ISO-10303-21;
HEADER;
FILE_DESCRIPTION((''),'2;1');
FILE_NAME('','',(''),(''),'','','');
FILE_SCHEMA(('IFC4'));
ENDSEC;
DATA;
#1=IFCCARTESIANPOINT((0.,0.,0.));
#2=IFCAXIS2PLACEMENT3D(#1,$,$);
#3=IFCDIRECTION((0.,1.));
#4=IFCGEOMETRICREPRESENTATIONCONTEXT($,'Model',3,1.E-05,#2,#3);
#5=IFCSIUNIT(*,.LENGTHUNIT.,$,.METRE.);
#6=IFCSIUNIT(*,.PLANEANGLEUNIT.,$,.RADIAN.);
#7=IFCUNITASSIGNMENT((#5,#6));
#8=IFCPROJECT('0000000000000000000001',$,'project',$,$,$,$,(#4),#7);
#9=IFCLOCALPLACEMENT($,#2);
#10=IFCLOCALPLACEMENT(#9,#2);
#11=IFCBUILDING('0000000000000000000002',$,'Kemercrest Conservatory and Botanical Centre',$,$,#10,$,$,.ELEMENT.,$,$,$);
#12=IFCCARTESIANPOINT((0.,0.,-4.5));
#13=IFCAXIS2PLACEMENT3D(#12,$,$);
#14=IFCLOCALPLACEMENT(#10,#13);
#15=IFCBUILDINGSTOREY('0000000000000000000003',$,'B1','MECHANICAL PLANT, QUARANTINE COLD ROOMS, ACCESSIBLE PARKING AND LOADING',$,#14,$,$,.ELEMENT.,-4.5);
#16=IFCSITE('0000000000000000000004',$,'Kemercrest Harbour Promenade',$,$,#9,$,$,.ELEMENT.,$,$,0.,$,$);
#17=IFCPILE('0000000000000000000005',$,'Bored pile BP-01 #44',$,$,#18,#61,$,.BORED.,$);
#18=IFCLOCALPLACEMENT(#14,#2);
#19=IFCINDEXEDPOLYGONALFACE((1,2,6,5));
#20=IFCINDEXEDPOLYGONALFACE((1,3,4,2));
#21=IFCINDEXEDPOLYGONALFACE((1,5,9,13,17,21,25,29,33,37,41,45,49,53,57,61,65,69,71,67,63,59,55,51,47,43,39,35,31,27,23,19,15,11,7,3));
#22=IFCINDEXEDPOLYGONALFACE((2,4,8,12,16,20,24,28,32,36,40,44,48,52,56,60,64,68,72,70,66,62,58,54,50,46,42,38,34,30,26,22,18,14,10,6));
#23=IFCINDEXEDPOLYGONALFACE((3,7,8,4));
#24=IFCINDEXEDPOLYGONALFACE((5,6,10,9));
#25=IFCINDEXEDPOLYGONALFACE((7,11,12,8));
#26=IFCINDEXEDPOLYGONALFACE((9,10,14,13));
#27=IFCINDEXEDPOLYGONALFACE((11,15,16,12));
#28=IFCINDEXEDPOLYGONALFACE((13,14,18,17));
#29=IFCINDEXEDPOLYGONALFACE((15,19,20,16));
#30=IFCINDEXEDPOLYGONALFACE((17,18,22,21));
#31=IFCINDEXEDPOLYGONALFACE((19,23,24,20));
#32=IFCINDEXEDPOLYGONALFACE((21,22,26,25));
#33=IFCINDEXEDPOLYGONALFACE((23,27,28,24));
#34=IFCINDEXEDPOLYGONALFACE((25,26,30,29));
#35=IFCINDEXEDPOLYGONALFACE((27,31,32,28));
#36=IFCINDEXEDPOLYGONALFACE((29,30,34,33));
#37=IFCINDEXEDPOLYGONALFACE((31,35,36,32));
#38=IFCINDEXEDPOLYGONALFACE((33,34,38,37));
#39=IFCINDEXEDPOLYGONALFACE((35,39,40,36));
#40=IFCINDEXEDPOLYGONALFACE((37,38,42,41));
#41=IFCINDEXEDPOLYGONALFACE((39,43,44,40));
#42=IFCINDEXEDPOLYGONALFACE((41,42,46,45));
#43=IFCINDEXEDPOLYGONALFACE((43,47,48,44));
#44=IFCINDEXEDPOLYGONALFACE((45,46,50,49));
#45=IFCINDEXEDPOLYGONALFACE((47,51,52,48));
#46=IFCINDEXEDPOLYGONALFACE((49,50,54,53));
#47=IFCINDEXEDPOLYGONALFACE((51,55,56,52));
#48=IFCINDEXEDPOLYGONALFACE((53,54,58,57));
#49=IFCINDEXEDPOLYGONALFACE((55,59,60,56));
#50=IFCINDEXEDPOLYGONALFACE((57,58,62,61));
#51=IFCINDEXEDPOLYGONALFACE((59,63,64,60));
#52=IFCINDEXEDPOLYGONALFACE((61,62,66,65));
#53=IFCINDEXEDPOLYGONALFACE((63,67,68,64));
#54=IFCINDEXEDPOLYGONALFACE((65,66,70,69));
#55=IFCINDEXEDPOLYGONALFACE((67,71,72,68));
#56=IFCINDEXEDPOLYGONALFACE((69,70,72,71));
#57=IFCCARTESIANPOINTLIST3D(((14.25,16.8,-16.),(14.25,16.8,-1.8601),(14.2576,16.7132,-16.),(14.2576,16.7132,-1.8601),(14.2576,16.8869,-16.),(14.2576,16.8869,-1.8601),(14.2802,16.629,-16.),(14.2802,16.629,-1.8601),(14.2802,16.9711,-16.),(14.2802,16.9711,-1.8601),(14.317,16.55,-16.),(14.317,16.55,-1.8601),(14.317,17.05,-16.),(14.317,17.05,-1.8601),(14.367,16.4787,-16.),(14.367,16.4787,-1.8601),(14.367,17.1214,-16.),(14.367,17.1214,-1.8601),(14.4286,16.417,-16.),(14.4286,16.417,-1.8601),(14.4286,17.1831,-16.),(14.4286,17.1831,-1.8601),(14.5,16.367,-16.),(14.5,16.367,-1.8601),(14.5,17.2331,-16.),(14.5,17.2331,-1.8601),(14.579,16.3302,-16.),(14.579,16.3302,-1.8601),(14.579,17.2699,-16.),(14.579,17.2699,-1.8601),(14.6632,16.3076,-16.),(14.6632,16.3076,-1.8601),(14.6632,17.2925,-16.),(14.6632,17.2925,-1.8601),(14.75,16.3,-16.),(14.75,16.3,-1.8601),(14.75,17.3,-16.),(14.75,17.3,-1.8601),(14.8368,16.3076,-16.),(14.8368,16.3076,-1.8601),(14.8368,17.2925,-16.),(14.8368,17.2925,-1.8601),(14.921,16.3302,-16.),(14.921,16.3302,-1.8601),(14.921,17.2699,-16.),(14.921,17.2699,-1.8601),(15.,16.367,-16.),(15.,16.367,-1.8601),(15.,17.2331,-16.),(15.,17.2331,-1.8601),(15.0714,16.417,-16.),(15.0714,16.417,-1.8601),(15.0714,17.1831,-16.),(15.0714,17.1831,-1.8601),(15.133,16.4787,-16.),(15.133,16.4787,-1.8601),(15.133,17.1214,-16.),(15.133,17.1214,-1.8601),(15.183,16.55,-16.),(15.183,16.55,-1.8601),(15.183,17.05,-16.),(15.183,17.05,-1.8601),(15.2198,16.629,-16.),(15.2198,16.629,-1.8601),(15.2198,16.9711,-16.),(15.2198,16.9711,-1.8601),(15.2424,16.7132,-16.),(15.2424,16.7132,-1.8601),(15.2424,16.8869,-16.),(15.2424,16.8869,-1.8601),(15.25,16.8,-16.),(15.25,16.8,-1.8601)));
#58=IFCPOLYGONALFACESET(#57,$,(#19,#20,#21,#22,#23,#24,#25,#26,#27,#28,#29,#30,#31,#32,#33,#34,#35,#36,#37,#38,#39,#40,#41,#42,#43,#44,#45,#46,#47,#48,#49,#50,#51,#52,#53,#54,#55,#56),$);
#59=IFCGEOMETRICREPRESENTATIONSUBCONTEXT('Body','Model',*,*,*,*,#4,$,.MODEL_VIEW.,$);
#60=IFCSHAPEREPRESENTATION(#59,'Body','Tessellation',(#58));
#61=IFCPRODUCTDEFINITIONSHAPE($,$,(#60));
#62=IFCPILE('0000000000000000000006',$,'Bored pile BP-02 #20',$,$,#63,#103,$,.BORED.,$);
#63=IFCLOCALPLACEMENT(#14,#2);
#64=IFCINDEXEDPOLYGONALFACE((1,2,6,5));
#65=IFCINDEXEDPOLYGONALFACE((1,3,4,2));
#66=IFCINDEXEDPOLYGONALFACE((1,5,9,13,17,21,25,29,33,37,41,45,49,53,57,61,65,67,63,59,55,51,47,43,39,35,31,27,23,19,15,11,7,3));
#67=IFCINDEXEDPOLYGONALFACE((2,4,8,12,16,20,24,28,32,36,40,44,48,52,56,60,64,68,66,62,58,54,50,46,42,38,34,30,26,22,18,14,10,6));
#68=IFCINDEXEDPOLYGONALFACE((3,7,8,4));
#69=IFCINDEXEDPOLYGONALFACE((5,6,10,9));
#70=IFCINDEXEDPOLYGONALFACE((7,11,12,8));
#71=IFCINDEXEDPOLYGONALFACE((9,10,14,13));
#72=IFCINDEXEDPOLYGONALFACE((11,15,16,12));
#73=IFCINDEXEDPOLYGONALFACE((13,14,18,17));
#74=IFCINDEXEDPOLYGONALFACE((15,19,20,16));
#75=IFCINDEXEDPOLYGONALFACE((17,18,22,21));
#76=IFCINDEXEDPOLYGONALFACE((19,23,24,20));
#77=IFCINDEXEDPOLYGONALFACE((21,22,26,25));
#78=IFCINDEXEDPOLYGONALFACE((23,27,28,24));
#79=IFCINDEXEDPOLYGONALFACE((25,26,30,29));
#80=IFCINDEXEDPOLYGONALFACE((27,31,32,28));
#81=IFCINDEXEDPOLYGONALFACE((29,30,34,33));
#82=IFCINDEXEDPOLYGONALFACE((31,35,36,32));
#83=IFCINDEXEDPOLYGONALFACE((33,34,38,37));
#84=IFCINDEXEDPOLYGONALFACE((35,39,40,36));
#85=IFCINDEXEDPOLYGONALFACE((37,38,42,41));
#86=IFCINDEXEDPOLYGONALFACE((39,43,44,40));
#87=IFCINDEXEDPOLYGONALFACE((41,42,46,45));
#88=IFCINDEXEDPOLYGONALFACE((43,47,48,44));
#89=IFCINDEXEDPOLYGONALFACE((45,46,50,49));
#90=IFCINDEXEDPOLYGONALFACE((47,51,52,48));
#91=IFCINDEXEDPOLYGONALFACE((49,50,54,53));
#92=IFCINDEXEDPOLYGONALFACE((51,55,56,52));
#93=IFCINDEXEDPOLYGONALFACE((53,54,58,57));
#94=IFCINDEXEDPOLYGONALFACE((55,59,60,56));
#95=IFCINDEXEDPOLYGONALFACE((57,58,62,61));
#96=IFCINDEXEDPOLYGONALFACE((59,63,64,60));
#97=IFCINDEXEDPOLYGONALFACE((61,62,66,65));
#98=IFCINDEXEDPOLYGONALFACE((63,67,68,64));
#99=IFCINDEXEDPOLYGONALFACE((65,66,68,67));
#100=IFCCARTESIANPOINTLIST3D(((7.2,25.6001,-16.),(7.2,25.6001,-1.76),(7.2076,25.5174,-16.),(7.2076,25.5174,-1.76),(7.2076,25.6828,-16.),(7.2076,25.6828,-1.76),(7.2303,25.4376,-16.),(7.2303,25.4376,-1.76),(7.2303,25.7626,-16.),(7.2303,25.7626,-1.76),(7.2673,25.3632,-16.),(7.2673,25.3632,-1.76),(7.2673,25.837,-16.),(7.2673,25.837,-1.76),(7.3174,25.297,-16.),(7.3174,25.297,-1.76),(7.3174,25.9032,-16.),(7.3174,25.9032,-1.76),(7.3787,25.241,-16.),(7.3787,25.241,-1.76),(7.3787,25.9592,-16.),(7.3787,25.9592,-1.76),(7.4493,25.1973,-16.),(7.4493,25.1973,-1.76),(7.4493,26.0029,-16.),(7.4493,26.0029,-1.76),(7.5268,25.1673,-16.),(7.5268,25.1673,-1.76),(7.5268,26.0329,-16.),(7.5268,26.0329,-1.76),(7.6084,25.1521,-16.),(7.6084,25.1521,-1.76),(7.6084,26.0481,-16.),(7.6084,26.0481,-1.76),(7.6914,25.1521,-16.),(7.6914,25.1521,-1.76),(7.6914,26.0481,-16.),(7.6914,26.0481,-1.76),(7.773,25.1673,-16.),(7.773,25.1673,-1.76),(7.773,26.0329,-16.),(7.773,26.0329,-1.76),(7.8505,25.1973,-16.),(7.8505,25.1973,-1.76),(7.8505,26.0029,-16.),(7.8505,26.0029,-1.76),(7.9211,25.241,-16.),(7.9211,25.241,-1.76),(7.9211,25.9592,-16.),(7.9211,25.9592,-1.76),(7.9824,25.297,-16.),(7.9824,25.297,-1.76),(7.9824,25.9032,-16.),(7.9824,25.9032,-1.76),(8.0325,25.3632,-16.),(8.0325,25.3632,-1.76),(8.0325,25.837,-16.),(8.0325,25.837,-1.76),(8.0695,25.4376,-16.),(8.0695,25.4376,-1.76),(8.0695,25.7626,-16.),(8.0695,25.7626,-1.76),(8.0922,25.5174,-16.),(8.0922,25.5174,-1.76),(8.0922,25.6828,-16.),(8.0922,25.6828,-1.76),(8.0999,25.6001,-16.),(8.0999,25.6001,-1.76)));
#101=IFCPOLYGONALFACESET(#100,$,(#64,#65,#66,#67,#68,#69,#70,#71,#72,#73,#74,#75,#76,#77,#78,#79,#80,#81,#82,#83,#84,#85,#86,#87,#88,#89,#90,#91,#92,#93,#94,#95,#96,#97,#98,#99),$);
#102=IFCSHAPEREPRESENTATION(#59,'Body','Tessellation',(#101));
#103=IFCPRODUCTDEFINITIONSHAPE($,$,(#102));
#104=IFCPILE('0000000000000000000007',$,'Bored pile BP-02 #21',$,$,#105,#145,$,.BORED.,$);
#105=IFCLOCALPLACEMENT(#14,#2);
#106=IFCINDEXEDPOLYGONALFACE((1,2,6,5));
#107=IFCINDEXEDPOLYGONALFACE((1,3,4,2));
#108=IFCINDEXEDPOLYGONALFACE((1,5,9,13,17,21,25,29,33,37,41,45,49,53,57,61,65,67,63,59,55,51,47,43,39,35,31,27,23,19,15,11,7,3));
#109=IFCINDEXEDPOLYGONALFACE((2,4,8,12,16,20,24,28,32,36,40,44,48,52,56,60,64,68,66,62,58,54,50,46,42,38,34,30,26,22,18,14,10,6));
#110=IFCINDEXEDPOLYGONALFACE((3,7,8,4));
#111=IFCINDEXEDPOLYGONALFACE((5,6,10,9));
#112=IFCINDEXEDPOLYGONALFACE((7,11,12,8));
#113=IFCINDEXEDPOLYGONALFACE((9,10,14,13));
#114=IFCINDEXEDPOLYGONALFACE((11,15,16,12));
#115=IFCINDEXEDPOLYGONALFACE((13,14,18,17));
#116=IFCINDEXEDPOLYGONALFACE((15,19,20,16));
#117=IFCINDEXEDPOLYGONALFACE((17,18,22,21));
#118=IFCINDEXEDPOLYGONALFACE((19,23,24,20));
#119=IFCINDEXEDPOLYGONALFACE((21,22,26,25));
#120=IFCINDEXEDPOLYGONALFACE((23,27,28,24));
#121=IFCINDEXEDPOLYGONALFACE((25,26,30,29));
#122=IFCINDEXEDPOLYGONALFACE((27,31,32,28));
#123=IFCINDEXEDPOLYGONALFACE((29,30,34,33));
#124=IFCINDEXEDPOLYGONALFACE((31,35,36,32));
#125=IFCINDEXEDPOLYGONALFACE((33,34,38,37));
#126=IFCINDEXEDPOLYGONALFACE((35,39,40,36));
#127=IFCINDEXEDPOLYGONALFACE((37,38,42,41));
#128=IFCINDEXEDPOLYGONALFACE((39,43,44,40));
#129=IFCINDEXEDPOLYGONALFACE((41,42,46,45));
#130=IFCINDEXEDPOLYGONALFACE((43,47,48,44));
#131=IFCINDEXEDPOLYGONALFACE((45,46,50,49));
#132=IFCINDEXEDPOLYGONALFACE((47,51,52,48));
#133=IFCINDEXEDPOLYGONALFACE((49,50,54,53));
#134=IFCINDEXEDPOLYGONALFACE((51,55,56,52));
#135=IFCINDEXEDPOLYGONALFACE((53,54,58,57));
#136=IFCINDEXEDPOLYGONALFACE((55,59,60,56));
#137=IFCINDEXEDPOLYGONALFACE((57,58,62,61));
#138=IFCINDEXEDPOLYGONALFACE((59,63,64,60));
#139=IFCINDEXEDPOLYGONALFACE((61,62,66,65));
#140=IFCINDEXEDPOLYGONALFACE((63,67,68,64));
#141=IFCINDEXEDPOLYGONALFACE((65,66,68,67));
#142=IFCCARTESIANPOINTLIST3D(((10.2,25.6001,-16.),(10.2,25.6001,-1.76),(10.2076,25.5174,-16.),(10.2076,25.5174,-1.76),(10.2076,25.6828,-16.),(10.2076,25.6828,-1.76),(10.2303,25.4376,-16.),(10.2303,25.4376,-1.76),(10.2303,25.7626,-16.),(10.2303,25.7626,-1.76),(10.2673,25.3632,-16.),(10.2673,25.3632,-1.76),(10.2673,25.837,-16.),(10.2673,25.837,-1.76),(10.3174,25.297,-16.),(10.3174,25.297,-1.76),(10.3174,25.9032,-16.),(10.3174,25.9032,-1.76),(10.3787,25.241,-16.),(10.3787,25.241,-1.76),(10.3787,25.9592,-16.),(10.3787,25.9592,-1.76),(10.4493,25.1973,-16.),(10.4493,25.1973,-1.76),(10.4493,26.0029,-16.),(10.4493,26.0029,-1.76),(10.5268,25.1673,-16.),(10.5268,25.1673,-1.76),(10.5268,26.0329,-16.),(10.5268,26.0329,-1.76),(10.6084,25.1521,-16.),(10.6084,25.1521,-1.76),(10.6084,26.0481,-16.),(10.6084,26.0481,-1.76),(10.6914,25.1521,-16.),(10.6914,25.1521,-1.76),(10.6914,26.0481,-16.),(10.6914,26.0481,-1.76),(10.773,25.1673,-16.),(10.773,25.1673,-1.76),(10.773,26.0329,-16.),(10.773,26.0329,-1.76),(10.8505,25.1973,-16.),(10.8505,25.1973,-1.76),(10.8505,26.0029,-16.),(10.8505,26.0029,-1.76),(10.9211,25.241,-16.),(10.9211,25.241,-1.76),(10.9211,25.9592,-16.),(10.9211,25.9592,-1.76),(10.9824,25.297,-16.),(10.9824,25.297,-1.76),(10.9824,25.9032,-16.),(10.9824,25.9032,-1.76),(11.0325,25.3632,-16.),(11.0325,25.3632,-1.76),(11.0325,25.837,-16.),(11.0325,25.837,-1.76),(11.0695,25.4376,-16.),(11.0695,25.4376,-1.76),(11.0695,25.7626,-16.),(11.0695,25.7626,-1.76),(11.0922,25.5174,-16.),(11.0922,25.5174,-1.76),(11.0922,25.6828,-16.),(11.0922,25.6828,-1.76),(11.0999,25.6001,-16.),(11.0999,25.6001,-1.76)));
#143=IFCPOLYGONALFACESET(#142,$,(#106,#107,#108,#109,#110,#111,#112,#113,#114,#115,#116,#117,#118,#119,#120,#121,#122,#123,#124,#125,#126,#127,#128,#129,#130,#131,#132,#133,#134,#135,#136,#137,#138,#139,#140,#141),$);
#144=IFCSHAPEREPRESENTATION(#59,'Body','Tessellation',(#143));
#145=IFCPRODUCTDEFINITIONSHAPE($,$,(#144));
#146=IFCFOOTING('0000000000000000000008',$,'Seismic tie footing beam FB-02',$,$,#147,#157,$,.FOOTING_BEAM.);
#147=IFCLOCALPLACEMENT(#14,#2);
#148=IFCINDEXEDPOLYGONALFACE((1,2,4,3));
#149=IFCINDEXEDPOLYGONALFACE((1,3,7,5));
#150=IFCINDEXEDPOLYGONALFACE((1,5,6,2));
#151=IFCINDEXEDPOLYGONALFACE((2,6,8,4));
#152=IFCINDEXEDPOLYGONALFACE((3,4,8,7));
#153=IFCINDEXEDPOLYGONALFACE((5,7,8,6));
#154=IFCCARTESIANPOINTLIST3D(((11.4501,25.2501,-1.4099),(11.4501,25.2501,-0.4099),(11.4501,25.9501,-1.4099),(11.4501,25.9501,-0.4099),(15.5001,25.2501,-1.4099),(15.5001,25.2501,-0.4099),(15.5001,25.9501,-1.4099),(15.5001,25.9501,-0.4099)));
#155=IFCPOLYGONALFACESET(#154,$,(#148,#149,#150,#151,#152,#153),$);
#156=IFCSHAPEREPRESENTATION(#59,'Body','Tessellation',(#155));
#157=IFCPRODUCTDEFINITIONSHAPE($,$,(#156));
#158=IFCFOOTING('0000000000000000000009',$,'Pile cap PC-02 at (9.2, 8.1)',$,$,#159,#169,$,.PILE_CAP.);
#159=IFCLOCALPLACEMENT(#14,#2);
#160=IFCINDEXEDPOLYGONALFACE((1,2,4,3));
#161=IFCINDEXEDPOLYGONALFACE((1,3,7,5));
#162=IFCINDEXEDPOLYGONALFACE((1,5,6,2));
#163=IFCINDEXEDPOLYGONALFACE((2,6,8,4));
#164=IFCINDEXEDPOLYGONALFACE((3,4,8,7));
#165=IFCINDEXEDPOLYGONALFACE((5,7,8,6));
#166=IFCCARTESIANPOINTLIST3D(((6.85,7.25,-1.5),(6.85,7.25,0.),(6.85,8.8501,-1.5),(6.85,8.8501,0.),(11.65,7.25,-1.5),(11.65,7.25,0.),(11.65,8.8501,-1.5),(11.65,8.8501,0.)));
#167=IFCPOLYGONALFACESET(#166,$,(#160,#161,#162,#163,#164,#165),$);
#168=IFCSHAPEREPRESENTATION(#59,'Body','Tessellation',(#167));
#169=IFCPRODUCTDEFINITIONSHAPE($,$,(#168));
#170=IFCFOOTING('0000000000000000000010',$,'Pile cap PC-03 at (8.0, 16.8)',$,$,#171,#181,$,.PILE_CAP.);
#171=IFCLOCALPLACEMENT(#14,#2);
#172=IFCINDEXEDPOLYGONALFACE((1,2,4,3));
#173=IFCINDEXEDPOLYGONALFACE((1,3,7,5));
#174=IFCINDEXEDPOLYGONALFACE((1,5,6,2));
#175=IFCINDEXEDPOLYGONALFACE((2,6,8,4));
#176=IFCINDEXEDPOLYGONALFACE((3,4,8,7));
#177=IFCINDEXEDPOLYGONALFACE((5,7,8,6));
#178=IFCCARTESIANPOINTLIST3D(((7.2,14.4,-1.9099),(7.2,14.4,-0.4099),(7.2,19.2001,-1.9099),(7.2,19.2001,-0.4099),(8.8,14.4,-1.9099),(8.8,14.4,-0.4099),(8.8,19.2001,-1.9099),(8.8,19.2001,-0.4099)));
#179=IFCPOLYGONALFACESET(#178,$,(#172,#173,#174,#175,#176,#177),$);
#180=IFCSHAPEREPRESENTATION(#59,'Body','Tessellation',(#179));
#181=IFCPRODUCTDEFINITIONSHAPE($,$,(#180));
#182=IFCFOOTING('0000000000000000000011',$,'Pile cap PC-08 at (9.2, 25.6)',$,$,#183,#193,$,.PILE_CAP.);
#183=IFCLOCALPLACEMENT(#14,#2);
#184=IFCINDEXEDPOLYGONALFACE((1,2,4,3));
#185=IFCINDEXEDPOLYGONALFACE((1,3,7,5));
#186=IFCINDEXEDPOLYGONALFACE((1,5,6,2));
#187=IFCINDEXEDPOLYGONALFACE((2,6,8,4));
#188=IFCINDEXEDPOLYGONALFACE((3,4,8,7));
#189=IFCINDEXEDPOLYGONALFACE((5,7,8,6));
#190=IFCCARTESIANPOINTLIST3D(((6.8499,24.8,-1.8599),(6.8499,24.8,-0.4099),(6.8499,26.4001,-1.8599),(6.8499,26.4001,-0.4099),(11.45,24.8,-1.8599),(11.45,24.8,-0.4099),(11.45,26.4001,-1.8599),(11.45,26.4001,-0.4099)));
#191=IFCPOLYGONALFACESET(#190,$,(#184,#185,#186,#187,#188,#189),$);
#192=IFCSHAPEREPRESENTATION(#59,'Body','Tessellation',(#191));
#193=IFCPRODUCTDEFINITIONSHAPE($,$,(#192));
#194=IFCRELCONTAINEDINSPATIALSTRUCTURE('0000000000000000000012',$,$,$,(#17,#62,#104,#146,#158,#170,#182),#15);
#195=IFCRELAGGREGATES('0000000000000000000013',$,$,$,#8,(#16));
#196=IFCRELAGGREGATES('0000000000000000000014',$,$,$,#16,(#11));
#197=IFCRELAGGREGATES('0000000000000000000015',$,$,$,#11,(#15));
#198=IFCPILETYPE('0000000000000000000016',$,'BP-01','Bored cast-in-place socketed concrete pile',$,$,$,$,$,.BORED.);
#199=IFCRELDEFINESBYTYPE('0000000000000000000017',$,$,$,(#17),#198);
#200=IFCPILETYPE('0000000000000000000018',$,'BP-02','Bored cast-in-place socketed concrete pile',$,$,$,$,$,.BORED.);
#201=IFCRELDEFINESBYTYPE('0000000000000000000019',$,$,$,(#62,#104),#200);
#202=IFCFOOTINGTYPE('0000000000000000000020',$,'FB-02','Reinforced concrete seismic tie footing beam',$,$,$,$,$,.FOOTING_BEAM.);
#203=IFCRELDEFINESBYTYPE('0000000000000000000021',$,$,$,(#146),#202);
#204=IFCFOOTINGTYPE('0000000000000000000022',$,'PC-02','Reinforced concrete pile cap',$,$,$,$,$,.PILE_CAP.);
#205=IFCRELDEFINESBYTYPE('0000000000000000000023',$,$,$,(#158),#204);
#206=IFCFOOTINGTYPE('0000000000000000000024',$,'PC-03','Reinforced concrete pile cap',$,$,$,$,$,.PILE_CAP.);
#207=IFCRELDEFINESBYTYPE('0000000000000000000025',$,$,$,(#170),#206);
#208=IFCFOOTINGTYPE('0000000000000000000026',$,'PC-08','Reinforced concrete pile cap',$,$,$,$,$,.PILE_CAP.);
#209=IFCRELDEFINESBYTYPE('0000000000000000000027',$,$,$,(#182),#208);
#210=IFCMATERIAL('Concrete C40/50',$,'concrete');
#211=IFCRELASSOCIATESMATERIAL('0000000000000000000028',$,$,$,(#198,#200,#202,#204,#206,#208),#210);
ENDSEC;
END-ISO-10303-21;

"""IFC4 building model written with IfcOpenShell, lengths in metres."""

from ifc_helpers import new_model, si_unit, direction, frame, origin, origin_2d, place, context, subcontext, project, spatial, rectangle, circle, extrude, material, material_profile, profile_set, type_object, element, save


model = new_model("IFC4")

# Units and contexts
model_context = context("Model", 3, precision=1e-05, world=origin(), true_north=direction((0.0, 1.0)))
body_context = subcontext(model_context, "Body", "Model", "MODEL_VIEW")
ifc_project = project(units=[si_unit("LENGTHUNIT", "METRE"), si_unit("PLANEANGLEUNIT", "RADIAN")], contexts=[model_context])

# Site, building, storey
site_placement = place(None, origin())
site = spatial("IfcSite", under=ifc_project, at=site_placement, Name="Kemercrest Harbour Promenade", CompositionType="ELEMENT", RefElevation=0.0)
building_placement = place(site_placement, origin())
building = spatial("IfcBuilding", under=site, at=building_placement, Name="Kemercrest Conservatory and Botanical Centre", CompositionType="ELEMENT")
storey_placement = place(building_placement, frame((0.0, 0.0, -4.5)))
storey = spatial("IfcBuildingStorey", under=building, at=storey_placement, Name="B1", Description="MECHANICAL PLANT, QUARANTINE COLD ROOMS, ACCESSIBLE PARKING AND LOADING", CompositionType="ELEMENT", Elevation=-4.5)

# Piles
ifc_material_1 = material(Name="Concrete C40/50", Category="concrete")
ifc_material_profile_1 = material_profile(ifc_material_1, circle(Radius=0.5, at=origin_2d()), Name="BORED PILE 1000")
ifc_profile_set_1 = profile_set([ifc_material_profile_1], Name="Concrete C40/50")
pile_type_1 = type_object("IfcPileType", Name="BP-01", Description="Bored cast-in-place socketed concrete pile", PredefinedType="BORED", material=ifc_profile_set_1)
pile_placement = place(storey_placement, frame((14.75, 16.8, -1.8601), z_axis=(0.0, 0.0, -1.0), x_axis=(1.0, 0.0, 0.0)))
element("IfcPile", 1, at=pile_placement, inside=storey, type_object=pile_type_1, Name="Bored pile BP-01 #44", PredefinedType="BORED", context=body_context, shape_type="SweptSolid", body=[
    extrude(circle(Radius=0.5, at=origin_2d()), origin(), (0.0, 0.0, 1.0), 14.1399),
])
ifc_material_profile_2 = material_profile(ifc_material_1, circle(Radius=0.45, at=origin_2d()), Name="BORED PILE 900")
ifc_profile_set_2 = profile_set([ifc_material_profile_2], Name="Concrete C40/50")
pile_type_2 = type_object("IfcPileType", Name="BP-02", Description="Bored cast-in-place socketed concrete pile", PredefinedType="BORED", material=ifc_profile_set_2)
for number, where, z_axis, x_axis, name in (
    (2, (7.6499, 25.6001, -1.76), (0.0, 0.0, -1.0), (1.0, 0.0, 0.0), "Bored pile BP-02 #20"),
    (3, (10.6499, 25.6001, -1.76), (0.0, 0.0, -1.0), (1.0, 0.0, 0.0), "Bored pile BP-02 #21"),
):
    element("IfcPile", number, at=place(storey_placement, frame(where, z_axis=z_axis, x_axis=x_axis)), inside=storey, type_object=pile_type_2, Name=name, PredefinedType="BORED", context=body_context, shape_type="SweptSolid", body=[
        extrude(circle(Radius=0.45, at=origin_2d()), origin(), (0.0, 0.0, 1.0), 14.24),
    ])

# Footings
footing_type_1 = type_object("IfcFootingType", Name="FB-02", Description="Reinforced concrete seismic tie footing beam", PredefinedType="FOOTING_BEAM", material=ifc_material_1)
footing_1_placement = place(storey_placement, frame((13.4751, 25.6001, -1.4099), z_axis=(0.0, 0.0, 1.0), x_axis=(1.0, 0.0, 0.0)))
element("IfcFooting", 4, at=footing_1_placement, inside=storey, type_object=footing_type_1, Name="Seismic tie footing beam FB-02", PredefinedType="FOOTING_BEAM", context=body_context, shape_type="SweptSolid", body=[
    extrude(rectangle(XDim=4.05, YDim=0.7, at=origin_2d()), origin(), (0.0, 0.0, 1.0), 1.0),
])
footing_type_2 = type_object("IfcFootingType", Name="PC-02", Description="Reinforced concrete pile cap", PredefinedType="PILE_CAP", material=ifc_material_1)
footing_2_placement = place(storey_placement, frame((9.25, 8.05, -1.5), z_axis=(0.0, 0.0, 1.0), x_axis=(1.0, 0.0, 0.0)))
element("IfcFooting", 5, at=footing_2_placement, inside=storey, type_object=footing_type_2, Name="Pile cap PC-02 at (9.2, 8.1)", PredefinedType="PILE_CAP", context=body_context, shape_type="SweptSolid", body=[
    extrude(rectangle(XDim=4.8, YDim=1.6001, at=origin_2d()), origin(), (0.0, 0.0, 1.0), 1.5),
])
footing_type_3 = type_object("IfcFootingType", Name="PC-03", Description="Reinforced concrete pile cap", PredefinedType="PILE_CAP", material=ifc_material_1)
footing_3_placement = place(storey_placement, frame((8.0, 16.8, -1.9099), z_axis=(0.0, 0.0, 1.0), x_axis=(1.0, 0.0, 0.0)))
element("IfcFooting", 6, at=footing_3_placement, inside=storey, type_object=footing_type_3, Name="Pile cap PC-03 at (8.0, 16.8)", PredefinedType="PILE_CAP", context=body_context, shape_type="SweptSolid", body=[
    extrude(rectangle(XDim=1.6001, YDim=4.8, at=origin_2d()), origin(), (0.0, 0.0, 1.0), 1.5),
])
footing_type_4 = type_object("IfcFootingType", Name="PC-08", Description="Reinforced concrete pile cap", PredefinedType="PILE_CAP", material=ifc_material_1)
footing_4_placement = place(storey_placement, frame((9.1499, 25.6001, -1.8599), z_axis=(0.0, 0.0, 1.0), x_axis=(1.0, 0.0, 0.0)))
element("IfcFooting", 7, at=footing_4_placement, inside=storey, type_object=footing_type_4, Name="Pile cap PC-08 at (9.2, 25.6)", PredefinedType="PILE_CAP", context=body_context, shape_type="SweptSolid", body=[
    extrude(rectangle(XDim=4.6001, YDim=1.6001, at=origin_2d()), origin(), (0.0, 0.0, 1.0), 1.45),
])

save(model, "model.ifc")
